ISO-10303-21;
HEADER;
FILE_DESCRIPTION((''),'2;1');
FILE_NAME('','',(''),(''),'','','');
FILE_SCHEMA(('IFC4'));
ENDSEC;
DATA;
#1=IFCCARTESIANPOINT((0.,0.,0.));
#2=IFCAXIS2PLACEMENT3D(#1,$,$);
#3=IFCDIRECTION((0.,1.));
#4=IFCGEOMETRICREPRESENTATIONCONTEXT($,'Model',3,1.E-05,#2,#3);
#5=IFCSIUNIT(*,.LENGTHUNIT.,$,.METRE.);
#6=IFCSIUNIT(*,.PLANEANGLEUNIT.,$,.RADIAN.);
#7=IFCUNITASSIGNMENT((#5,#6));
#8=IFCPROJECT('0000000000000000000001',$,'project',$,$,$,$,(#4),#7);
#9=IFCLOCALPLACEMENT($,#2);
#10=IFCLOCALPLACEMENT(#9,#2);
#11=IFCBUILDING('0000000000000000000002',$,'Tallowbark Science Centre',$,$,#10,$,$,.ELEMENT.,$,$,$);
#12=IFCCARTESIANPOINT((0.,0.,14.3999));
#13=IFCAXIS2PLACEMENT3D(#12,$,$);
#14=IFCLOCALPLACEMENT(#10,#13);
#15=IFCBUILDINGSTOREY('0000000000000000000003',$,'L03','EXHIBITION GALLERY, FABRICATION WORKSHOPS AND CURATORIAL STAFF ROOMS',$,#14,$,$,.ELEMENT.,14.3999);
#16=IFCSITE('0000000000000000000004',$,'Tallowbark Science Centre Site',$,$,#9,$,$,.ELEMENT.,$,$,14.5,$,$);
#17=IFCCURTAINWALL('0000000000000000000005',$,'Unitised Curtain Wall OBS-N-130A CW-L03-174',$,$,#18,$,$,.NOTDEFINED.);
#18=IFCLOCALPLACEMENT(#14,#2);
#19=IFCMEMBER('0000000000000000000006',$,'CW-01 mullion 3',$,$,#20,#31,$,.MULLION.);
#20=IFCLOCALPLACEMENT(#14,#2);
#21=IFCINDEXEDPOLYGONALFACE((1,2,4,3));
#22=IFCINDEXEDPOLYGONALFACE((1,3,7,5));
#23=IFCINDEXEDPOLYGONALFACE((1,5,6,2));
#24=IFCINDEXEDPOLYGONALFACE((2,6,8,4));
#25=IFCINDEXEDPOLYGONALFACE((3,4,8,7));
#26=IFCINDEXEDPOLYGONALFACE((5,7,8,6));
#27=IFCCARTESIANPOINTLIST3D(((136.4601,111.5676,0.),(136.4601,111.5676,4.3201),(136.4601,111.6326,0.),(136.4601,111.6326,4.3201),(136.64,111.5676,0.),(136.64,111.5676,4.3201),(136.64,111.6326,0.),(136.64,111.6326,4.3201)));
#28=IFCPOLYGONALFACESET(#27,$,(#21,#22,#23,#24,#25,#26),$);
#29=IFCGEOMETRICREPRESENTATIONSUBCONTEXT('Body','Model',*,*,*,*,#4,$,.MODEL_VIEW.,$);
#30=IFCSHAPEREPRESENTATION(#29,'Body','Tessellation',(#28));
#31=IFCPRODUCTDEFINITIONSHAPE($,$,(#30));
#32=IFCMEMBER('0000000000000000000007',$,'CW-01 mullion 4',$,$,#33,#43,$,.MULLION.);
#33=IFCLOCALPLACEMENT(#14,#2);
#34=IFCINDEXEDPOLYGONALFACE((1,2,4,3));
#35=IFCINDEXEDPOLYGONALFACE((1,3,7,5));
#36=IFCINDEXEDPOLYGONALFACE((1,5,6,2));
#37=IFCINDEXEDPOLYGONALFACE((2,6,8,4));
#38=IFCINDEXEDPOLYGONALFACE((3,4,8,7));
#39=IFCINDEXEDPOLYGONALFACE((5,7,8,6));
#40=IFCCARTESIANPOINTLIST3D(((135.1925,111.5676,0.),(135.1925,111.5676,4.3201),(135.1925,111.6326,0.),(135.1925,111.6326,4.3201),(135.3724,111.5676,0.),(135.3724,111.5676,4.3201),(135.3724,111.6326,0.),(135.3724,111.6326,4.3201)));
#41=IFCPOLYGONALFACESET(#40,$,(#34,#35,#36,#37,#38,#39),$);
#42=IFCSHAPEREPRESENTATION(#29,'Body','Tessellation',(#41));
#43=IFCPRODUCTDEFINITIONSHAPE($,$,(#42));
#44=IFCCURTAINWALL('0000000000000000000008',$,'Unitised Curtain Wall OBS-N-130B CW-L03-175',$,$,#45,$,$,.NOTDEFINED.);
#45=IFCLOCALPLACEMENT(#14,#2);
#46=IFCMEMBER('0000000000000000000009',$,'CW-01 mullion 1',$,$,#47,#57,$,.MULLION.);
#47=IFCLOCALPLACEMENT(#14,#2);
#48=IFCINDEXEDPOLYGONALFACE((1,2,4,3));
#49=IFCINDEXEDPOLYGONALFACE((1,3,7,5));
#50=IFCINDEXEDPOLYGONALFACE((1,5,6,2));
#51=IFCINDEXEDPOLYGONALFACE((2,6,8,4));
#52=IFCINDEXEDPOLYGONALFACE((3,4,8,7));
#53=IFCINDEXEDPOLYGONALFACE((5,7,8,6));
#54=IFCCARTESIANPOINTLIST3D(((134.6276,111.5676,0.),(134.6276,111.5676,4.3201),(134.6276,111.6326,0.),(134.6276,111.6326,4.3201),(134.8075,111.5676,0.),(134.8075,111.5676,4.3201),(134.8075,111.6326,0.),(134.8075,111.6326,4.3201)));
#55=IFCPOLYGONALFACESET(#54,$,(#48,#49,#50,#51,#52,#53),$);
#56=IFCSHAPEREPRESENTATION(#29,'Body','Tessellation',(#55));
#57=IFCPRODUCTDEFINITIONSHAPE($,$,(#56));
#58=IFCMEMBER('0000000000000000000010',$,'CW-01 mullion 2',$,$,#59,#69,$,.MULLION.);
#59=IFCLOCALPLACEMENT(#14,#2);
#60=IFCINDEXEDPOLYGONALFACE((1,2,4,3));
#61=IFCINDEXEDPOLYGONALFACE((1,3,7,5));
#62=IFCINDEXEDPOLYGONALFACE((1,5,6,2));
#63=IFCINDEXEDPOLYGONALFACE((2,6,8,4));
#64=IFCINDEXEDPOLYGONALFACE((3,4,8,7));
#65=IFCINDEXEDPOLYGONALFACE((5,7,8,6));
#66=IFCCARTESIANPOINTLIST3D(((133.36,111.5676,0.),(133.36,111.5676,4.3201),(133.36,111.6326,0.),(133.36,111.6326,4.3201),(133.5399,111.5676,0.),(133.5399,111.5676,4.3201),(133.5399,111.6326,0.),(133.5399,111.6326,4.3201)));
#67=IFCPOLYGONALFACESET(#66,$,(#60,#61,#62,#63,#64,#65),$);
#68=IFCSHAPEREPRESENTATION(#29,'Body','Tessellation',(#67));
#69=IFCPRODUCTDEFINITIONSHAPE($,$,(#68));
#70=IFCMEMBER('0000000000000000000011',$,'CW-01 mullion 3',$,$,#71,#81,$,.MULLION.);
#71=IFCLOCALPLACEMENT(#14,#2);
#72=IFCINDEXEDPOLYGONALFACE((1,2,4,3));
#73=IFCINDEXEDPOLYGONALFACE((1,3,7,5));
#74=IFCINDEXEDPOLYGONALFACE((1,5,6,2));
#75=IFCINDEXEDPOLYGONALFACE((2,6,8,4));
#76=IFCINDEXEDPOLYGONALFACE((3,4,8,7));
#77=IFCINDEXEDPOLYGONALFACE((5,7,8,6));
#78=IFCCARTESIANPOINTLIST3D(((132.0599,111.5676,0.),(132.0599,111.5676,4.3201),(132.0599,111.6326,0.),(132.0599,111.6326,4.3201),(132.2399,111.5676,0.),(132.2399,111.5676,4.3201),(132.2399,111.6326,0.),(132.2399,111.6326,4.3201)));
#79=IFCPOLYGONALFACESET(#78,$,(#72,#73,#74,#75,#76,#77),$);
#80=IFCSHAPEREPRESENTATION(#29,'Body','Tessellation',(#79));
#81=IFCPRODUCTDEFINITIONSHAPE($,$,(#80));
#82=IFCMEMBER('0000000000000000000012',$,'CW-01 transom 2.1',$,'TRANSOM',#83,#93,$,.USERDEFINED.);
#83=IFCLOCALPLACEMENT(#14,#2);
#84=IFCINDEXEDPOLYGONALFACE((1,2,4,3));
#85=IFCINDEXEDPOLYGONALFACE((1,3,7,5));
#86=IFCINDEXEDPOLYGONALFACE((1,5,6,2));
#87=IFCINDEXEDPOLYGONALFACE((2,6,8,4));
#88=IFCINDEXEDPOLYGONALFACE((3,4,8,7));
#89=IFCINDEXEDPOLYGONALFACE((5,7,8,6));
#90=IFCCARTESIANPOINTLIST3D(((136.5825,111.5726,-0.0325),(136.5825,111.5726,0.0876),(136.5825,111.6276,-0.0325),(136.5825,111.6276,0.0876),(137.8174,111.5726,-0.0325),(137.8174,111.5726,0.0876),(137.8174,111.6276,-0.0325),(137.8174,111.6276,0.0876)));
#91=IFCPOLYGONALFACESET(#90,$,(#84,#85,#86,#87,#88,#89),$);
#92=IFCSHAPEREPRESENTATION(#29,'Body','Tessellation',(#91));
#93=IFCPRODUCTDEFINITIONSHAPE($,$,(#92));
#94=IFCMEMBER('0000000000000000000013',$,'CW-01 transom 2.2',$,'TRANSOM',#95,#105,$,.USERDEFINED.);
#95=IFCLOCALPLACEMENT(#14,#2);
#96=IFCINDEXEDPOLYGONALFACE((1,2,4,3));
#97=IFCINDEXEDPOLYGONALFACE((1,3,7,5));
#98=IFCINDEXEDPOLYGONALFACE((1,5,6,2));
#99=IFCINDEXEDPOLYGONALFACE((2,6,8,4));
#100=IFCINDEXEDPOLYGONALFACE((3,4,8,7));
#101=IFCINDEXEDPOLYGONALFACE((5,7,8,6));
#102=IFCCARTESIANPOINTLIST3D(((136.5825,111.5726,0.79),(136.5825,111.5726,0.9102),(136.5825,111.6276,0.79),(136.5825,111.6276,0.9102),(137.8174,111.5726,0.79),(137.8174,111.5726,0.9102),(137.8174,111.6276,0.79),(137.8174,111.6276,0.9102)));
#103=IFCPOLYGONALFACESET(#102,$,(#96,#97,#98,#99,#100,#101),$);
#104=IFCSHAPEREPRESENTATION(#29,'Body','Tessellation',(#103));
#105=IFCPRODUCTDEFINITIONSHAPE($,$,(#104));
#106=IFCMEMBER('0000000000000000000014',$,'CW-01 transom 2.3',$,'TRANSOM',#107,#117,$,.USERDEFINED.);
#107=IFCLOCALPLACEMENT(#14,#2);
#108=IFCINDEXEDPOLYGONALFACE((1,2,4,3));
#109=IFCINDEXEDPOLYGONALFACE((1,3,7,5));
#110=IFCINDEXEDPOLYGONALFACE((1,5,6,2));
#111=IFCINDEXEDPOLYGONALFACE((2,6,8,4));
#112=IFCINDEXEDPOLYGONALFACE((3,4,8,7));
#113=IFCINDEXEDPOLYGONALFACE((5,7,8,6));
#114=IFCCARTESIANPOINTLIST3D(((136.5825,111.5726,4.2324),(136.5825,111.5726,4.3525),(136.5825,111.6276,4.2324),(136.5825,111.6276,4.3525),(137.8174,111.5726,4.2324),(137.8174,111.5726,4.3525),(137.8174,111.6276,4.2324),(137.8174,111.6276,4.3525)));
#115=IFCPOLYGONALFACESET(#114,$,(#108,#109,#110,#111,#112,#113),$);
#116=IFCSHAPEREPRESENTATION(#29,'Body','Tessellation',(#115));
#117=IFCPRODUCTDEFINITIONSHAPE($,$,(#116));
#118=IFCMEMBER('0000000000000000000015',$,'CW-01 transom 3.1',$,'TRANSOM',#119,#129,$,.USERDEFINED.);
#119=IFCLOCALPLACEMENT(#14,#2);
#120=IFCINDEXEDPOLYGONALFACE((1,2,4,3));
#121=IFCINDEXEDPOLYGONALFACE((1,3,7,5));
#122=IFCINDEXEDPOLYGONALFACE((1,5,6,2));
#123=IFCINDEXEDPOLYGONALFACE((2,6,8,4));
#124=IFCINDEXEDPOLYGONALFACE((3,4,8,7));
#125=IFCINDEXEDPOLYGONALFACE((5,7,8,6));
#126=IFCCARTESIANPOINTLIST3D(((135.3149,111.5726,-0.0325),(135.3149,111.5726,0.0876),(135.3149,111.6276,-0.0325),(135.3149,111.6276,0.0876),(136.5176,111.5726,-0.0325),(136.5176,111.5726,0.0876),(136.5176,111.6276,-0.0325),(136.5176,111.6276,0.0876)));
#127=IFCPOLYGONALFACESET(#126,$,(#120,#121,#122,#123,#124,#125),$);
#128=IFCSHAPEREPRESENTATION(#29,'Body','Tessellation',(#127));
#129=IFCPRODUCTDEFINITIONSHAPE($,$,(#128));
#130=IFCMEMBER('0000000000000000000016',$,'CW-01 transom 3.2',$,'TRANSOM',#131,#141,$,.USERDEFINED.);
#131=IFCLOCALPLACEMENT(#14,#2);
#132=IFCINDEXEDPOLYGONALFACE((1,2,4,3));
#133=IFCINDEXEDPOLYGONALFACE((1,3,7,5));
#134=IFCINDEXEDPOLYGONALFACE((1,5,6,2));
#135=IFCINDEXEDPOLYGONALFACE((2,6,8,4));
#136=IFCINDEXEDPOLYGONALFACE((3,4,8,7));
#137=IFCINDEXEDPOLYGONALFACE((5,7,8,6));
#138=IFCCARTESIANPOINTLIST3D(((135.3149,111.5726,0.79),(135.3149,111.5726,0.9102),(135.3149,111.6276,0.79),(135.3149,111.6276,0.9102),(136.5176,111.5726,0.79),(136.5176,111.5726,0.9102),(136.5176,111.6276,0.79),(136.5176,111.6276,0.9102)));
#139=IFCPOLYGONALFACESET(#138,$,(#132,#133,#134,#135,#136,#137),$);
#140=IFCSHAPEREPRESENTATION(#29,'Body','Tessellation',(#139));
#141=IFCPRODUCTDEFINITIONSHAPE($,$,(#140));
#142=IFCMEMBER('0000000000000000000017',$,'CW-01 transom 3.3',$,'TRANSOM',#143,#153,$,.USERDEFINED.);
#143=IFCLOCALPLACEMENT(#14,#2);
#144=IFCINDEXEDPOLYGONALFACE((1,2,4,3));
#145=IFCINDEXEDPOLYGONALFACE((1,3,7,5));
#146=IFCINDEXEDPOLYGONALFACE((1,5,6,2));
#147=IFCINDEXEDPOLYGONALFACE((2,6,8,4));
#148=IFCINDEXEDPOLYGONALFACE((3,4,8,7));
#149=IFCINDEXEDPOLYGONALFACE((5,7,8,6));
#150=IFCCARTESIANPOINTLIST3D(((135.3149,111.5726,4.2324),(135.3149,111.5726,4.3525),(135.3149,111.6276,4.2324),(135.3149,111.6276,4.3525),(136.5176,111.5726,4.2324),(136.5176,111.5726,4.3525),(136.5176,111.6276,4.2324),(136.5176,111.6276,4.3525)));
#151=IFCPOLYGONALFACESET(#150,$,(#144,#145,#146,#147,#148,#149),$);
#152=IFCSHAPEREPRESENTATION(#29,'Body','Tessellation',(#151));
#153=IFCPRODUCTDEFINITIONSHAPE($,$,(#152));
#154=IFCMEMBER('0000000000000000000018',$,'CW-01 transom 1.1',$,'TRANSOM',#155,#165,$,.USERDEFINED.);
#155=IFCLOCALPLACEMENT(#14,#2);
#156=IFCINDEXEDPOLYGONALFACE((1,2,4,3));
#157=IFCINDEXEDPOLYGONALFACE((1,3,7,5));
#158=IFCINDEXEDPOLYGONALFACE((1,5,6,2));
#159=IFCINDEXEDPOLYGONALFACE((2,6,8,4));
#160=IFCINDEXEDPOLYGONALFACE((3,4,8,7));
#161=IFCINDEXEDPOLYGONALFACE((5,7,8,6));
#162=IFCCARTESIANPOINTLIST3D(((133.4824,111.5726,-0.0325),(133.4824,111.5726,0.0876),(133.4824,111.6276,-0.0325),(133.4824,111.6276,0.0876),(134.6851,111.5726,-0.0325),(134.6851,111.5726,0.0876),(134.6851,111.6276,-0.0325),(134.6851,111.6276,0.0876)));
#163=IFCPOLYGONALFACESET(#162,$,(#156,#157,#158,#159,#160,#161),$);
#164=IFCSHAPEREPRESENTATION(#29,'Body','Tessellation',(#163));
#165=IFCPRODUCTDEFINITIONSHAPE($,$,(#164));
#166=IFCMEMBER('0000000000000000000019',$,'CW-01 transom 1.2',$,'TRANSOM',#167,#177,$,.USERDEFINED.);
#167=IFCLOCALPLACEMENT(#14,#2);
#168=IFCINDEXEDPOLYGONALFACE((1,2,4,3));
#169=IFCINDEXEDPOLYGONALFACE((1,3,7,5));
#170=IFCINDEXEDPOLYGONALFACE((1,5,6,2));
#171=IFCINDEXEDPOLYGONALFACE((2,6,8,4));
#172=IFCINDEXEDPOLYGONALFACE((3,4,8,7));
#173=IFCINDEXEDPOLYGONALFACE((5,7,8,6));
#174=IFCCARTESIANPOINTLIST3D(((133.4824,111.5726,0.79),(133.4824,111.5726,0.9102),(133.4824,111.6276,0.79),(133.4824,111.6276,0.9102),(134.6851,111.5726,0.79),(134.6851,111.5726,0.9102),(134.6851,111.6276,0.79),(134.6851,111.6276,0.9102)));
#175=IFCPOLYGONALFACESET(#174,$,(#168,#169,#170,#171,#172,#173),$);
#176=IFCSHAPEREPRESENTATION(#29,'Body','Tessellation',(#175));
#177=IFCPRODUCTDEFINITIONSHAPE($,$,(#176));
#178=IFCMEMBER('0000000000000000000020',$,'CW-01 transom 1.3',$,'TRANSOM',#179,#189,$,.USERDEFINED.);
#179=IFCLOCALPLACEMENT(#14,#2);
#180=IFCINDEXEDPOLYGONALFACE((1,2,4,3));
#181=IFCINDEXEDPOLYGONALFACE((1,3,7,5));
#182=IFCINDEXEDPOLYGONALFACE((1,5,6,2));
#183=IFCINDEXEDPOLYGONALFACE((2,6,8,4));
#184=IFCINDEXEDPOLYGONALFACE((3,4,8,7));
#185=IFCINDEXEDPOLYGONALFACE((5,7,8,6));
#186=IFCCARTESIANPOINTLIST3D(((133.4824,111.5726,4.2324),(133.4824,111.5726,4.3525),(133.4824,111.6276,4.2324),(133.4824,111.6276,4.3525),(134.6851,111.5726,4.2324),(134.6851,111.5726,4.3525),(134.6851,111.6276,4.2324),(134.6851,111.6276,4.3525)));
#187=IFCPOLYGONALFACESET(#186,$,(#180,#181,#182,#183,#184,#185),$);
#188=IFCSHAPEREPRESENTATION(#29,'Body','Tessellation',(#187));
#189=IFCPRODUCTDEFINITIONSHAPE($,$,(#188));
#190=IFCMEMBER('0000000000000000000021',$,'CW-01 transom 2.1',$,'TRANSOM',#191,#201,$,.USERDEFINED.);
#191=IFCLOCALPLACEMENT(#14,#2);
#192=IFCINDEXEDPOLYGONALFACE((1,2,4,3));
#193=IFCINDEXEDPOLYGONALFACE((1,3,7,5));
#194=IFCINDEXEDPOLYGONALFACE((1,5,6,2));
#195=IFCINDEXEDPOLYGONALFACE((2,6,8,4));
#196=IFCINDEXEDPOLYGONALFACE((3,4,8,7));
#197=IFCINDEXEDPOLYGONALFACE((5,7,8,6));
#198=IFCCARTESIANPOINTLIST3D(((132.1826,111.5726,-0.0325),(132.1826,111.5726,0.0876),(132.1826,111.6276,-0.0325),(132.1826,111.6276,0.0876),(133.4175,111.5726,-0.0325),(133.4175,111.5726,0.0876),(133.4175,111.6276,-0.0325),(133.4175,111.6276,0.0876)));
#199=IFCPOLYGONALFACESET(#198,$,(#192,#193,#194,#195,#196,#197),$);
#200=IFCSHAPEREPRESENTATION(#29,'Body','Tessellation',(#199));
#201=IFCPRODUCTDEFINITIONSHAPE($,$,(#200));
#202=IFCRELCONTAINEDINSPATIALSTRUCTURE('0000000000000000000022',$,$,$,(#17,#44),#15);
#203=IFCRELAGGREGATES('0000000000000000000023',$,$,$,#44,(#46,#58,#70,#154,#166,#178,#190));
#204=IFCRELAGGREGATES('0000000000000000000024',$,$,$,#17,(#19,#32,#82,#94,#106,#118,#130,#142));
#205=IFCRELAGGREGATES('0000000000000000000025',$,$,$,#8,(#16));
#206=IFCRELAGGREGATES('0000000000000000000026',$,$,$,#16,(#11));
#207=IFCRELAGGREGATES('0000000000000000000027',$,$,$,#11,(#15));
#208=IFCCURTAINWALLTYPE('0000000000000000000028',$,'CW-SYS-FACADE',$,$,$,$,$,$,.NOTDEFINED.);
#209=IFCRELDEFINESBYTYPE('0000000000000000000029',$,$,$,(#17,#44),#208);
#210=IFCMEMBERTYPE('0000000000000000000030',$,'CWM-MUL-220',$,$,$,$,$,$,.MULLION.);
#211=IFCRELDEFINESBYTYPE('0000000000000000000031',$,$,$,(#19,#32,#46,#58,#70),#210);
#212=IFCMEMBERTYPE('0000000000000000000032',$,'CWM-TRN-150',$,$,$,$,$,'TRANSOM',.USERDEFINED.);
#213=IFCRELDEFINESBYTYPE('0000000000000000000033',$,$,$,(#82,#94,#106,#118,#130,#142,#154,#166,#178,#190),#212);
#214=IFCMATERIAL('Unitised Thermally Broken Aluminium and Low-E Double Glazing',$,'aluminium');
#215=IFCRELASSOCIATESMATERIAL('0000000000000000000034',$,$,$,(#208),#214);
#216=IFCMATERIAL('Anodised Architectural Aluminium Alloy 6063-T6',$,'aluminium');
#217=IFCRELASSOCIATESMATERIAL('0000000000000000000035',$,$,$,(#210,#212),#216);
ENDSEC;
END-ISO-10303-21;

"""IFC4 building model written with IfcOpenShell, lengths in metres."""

from ifc_helpers import new_model, si_unit, direction, frame, origin, origin_2d, place, context, subcontext, project, spatial, rectangle, extrude, material, material_profile, profile_set, type_object, element, aggregate, save


model = new_model("IFC4")

# Units and contexts
model_context = context("Model", 3, precision=1e-05, world=origin(), true_north=direction((0.0, 1.0)))
body_context = subcontext(model_context, "Body", "Model", "MODEL_VIEW")
ifc_project = project(units=[si_unit("LENGTHUNIT", "METRE"), si_unit("PLANEANGLEUNIT", "RADIAN")], contexts=[model_context])

# Site, building, storey
site_placement = place(None, origin())
site = spatial("IfcSite", under=ifc_project, at=site_placement, Name="Tallowbark Science Centre Site", CompositionType="ELEMENT", RefElevation=14.5)
building_placement = place(site_placement, origin())
building = spatial("IfcBuilding", under=site, at=building_placement, Name="Tallowbark Science Centre", CompositionType="ELEMENT")
storey_placement = place(building_placement, frame((0.0, 0.0, 14.3999)))
storey = spatial("IfcBuildingStorey", under=building, at=storey_placement, Name="L03", Description="EXHIBITION GALLERY, FABRICATION WORKSHOPS AND CURATORIAL STAFF ROOMS", CompositionType="ELEMENT", Elevation=14.3999)

# Curtain walls, members
ifc_material_1 = material(Name="Unitised Thermally Broken Aluminium and Low-E Double Glazing", Category="aluminium")
curtain_wall_type = type_object("IfcCurtainWallType", Name="CW-SYS-FACADE", PredefinedType="NOTDEFINED", material=ifc_material_1)
curtain_wall_1_placement = place(storey_placement, origin())
curtain_wall_1 = element("IfcCurtainWall", 1, at=curtain_wall_1_placement, inside=storey, type_object=curtain_wall_type, Name="Unitised Curtain Wall OBS-N-130A CW-L03-174", PredefinedType="NOTDEFINED")
ifc_material_2 = material(Name="Anodised Architectural Aluminium Alloy 6063-T6", Category="aluminium")
ifc_material_profile_1 = material_profile(ifc_material_2, rectangle(XDim=0.0649, YDim=0.1799, at=origin_2d()), Name="ALU65x180")
ifc_profile_set_1 = profile_set([ifc_material_profile_1], Name="Anodised Architectural Aluminium Alloy 6063-T6")
member_type_1 = type_object("IfcMemberType", Name="CWM-MUL-220", PredefinedType="MULLION", material=ifc_profile_set_1)
member_1_placement = place(storey_placement, frame((136.55, 111.6001, 0.0), z_axis=(0.0, 0.0, 1.0), x_axis=(0.0, -1.0, 0.0)))
member_1 = element("IfcMember", 2, at=member_1_placement, type_object=member_type_1, Name="CW-01 mullion 3", PredefinedType="MULLION", context=body_context, shape_type="SweptSolid", body=[
    extrude(rectangle(XDim=0.0649, YDim=0.1799, at=origin_2d()), origin(), (0.0, 0.0, 1.0), 4.3201),
])
member_2_placement = place(storey_placement, frame((135.2825, 111.6001, 0.0), z_axis=(0.0, 0.0, 1.0), x_axis=(0.0, -1.0, 0.0)))
member_2 = element("IfcMember", 3, at=member_2_placement, type_object=member_type_1, Name="CW-01 mullion 4", PredefinedType="MULLION", context=body_context, shape_type="SweptSolid", body=[
    extrude(rectangle(XDim=0.0649, YDim=0.1799, at=origin_2d()), origin(), (0.0, 0.0, 1.0), 4.3201),
])
curtain_wall_2_placement = place(storey_placement, origin())
curtain_wall_2 = element("IfcCurtainWall", 4, at=curtain_wall_2_placement, inside=storey, type_object=curtain_wall_type, Name="Unitised Curtain Wall OBS-N-130B CW-L03-175", PredefinedType="NOTDEFINED")
member_3_placement = place(storey_placement, frame((134.7175, 111.6001, 0.0), z_axis=(0.0, 0.0, 1.0), x_axis=(0.0, -1.0, 0.0)))
member_3 = element("IfcMember", 5, at=member_3_placement, type_object=member_type_1, Name="CW-01 mullion 1", PredefinedType="MULLION", context=body_context, shape_type="SweptSolid", body=[
    extrude(rectangle(XDim=0.0649, YDim=0.1799, at=origin_2d()), origin(), (0.0, 0.0, 1.0), 4.3201),
])
member_4_placement = place(storey_placement, frame((133.45, 111.6001, 0.0), z_axis=(0.0, 0.0, 1.0), x_axis=(0.0, -1.0, 0.0)))
member_4 = element("IfcMember", 6, at=member_4_placement, type_object=member_type_1, Name="CW-01 mullion 2", PredefinedType="MULLION", context=body_context, shape_type="SweptSolid", body=[
    extrude(rectangle(XDim=0.0649, YDim=0.1799, at=origin_2d()), origin(), (0.0, 0.0, 1.0), 4.3201),
])
member_5_placement = place(storey_placement, frame((132.1499, 111.6001, 0.0), z_axis=(0.0, 0.0, 1.0), x_axis=(0.0, -1.0, 0.0)))
member_5 = element("IfcMember", 7, at=member_5_placement, type_object=member_type_1, Name="CW-01 mullion 3", PredefinedType="MULLION", context=body_context, shape_type="SweptSolid", body=[
    extrude(rectangle(XDim=0.0649, YDim=0.1799, at=origin_2d()), origin(), (0.0, 0.0, 1.0), 4.3201),
])

# Members
ifc_material_profile_2 = material_profile(ifc_material_2, rectangle(XDim=0.0549, YDim=0.1201, at=origin_2d()), Name="ALU55x120")
ifc_profile_set_2 = profile_set([ifc_material_profile_2], Name="Anodised Architectural Aluminium Alloy 6063-T6")
member_type_2 = type_object("IfcMemberType", Name="CWM-TRN-150", ElementType="TRANSOM", PredefinedType="USERDEFINED", material=ifc_profile_set_2)
member_6_placement = place(storey_placement, frame((137.8174, 111.6001, 0.0276), z_axis=(-1.0, 0.0, 0.0), x_axis=(0.0, -1.0, 0.0)))
member_6 = element("IfcMember", 8, at=member_6_placement, type_object=member_type_2, Name="CW-01 transom 2.1", ObjectType="TRANSOM", PredefinedType="USERDEFINED", context=body_context, shape_type="SweptSolid", body=[
    extrude(rectangle(XDim=0.0549, YDim=0.1201, at=origin_2d()), origin(), (0.0, 0.0, 1.0), 1.2349),
])
member_7_placement = place(storey_placement, frame((137.8174, 111.6001, 0.8501), z_axis=(-1.0, 0.0, 0.0), x_axis=(0.0, -1.0, 0.0)))
member_7 = element("IfcMember", 9, at=member_7_placement, type_object=member_type_2, Name="CW-01 transom 2.2", ObjectType="TRANSOM", PredefinedType="USERDEFINED", context=body_context, shape_type="SweptSolid", body=[
    extrude(rectangle(XDim=0.0549, YDim=0.1201, at=origin_2d()), origin(), (0.0, 0.0, 1.0), 1.2349),
])
member_8_placement = place(storey_placement, frame((137.8174, 111.6001, 4.2925), z_axis=(-1.0, 0.0, 0.0), x_axis=(0.0, -1.0, 0.0)))
member_8 = element("IfcMember", 10, at=member_8_placement, type_object=member_type_2, Name="CW-01 transom 2.3", ObjectType="TRANSOM", PredefinedType="USERDEFINED", context=body_context, shape_type="SweptSolid", body=[
    extrude(rectangle(XDim=0.0549, YDim=0.1201, at=origin_2d()), origin(), (0.0, 0.0, 1.0), 1.2349),
])
member_9_placement = place(storey_placement, frame((136.5176, 111.6001, 0.0276), z_axis=(-1.0, 0.0, 0.0), x_axis=(0.0, -1.0, 0.0)))
member_9 = element("IfcMember", 11, at=member_9_placement, type_object=member_type_2, Name="CW-01 transom 3.1", ObjectType="TRANSOM", PredefinedType="USERDEFINED", context=body_context, shape_type="SweptSolid", body=[
    extrude(rectangle(XDim=0.0549, YDim=0.1201, at=origin_2d()), origin(), (0.0, 0.0, 1.0), 1.2026),
])
member_10_placement = place(storey_placement, frame((136.5176, 111.6001, 0.8501), z_axis=(-1.0, 0.0, 0.0), x_axis=(0.0, -1.0, 0.0)))
member_10 = element("IfcMember", 12, at=member_10_placement, type_object=member_type_2, Name="CW-01 transom 3.2", ObjectType="TRANSOM", PredefinedType="USERDEFINED", context=body_context, shape_type="SweptSolid", body=[
    extrude(rectangle(XDim=0.0549, YDim=0.1201, at=origin_2d()), origin(), (0.0, 0.0, 1.0), 1.2026),
])
member_11_placement = place(storey_placement, frame((136.5176, 111.6001, 4.2925), z_axis=(-1.0, 0.0, 0.0), x_axis=(0.0, -1.0, 0.0)))
member_11 = element("IfcMember", 13, at=member_11_placement, type_object=member_type_2, Name="CW-01 transom 3.3", ObjectType="TRANSOM", PredefinedType="USERDEFINED", context=body_context, shape_type="SweptSolid", body=[
    extrude(rectangle(XDim=0.0549, YDim=0.1201, at=origin_2d()), origin(), (0.0, 0.0, 1.0), 1.2026),
])
member_12_placement = place(storey_placement, frame((134.6851, 111.6001, 0.0276), z_axis=(-1.0, 0.0, 0.0), x_axis=(0.0, -1.0, 0.0)))
member_12 = element("IfcMember", 14, at=member_12_placement, type_object=member_type_2, Name="CW-01 transom 1.1", ObjectType="TRANSOM", PredefinedType="USERDEFINED", context=body_context, shape_type="SweptSolid", body=[
    extrude(rectangle(XDim=0.0549, YDim=0.1201, at=origin_2d()), origin(), (0.0, 0.0, 1.0), 1.2026),
])
member_13_placement = place(storey_placement, frame((134.6851, 111.6001, 0.8501), z_axis=(-1.0, 0.0, 0.0), x_axis=(0.0, -1.0, 0.0)))
member_13 = element("IfcMember", 15, at=member_13_placement, type_object=member_type_2, Name="CW-01 transom 1.2", ObjectType="TRANSOM", PredefinedType="USERDEFINED", context=body_context, shape_type="SweptSolid", body=[
    extrude(rectangle(XDim=0.0549, YDim=0.1201, at=origin_2d()), origin(), (0.0, 0.0, 1.0), 1.2026),
])
member_14_placement = place(storey_placement, frame((134.6851, 111.6001, 4.2925), z_axis=(-1.0, 0.0, 0.0), x_axis=(0.0, -1.0, 0.0)))
member_14 = element("IfcMember", 16, at=member_14_placement, type_object=member_type_2, Name="CW-01 transom 1.3", ObjectType="TRANSOM", PredefinedType="USERDEFINED", context=body_context, shape_type="SweptSolid", body=[
    extrude(rectangle(XDim=0.0549, YDim=0.1201, at=origin_2d()), origin(), (0.0, 0.0, 1.0), 1.2026),
])
member_15_placement = place(storey_placement, frame((133.4175, 111.6001, 0.0276), z_axis=(-1.0, 0.0, 0.0), x_axis=(0.0, -1.0, 0.0)))
member_15 = element("IfcMember", 17, at=member_15_placement, type_object=member_type_2, Name="CW-01 transom 2.1", ObjectType="TRANSOM", PredefinedType="USERDEFINED", context=body_context, shape_type="SweptSolid", body=[
    extrude(rectangle(XDim=0.0549, YDim=0.1201, at=origin_2d()), origin(), (0.0, 0.0, 1.0), 1.2349),
])

aggregate(curtain_wall_2, [member_3, member_4, member_5, member_12, member_13, member_14, member_15])
aggregate(curtain_wall_1, [member_1, member_2, member_6, member_7, member_8, member_9, member_10, member_11])

save(model, "model.ifc")
